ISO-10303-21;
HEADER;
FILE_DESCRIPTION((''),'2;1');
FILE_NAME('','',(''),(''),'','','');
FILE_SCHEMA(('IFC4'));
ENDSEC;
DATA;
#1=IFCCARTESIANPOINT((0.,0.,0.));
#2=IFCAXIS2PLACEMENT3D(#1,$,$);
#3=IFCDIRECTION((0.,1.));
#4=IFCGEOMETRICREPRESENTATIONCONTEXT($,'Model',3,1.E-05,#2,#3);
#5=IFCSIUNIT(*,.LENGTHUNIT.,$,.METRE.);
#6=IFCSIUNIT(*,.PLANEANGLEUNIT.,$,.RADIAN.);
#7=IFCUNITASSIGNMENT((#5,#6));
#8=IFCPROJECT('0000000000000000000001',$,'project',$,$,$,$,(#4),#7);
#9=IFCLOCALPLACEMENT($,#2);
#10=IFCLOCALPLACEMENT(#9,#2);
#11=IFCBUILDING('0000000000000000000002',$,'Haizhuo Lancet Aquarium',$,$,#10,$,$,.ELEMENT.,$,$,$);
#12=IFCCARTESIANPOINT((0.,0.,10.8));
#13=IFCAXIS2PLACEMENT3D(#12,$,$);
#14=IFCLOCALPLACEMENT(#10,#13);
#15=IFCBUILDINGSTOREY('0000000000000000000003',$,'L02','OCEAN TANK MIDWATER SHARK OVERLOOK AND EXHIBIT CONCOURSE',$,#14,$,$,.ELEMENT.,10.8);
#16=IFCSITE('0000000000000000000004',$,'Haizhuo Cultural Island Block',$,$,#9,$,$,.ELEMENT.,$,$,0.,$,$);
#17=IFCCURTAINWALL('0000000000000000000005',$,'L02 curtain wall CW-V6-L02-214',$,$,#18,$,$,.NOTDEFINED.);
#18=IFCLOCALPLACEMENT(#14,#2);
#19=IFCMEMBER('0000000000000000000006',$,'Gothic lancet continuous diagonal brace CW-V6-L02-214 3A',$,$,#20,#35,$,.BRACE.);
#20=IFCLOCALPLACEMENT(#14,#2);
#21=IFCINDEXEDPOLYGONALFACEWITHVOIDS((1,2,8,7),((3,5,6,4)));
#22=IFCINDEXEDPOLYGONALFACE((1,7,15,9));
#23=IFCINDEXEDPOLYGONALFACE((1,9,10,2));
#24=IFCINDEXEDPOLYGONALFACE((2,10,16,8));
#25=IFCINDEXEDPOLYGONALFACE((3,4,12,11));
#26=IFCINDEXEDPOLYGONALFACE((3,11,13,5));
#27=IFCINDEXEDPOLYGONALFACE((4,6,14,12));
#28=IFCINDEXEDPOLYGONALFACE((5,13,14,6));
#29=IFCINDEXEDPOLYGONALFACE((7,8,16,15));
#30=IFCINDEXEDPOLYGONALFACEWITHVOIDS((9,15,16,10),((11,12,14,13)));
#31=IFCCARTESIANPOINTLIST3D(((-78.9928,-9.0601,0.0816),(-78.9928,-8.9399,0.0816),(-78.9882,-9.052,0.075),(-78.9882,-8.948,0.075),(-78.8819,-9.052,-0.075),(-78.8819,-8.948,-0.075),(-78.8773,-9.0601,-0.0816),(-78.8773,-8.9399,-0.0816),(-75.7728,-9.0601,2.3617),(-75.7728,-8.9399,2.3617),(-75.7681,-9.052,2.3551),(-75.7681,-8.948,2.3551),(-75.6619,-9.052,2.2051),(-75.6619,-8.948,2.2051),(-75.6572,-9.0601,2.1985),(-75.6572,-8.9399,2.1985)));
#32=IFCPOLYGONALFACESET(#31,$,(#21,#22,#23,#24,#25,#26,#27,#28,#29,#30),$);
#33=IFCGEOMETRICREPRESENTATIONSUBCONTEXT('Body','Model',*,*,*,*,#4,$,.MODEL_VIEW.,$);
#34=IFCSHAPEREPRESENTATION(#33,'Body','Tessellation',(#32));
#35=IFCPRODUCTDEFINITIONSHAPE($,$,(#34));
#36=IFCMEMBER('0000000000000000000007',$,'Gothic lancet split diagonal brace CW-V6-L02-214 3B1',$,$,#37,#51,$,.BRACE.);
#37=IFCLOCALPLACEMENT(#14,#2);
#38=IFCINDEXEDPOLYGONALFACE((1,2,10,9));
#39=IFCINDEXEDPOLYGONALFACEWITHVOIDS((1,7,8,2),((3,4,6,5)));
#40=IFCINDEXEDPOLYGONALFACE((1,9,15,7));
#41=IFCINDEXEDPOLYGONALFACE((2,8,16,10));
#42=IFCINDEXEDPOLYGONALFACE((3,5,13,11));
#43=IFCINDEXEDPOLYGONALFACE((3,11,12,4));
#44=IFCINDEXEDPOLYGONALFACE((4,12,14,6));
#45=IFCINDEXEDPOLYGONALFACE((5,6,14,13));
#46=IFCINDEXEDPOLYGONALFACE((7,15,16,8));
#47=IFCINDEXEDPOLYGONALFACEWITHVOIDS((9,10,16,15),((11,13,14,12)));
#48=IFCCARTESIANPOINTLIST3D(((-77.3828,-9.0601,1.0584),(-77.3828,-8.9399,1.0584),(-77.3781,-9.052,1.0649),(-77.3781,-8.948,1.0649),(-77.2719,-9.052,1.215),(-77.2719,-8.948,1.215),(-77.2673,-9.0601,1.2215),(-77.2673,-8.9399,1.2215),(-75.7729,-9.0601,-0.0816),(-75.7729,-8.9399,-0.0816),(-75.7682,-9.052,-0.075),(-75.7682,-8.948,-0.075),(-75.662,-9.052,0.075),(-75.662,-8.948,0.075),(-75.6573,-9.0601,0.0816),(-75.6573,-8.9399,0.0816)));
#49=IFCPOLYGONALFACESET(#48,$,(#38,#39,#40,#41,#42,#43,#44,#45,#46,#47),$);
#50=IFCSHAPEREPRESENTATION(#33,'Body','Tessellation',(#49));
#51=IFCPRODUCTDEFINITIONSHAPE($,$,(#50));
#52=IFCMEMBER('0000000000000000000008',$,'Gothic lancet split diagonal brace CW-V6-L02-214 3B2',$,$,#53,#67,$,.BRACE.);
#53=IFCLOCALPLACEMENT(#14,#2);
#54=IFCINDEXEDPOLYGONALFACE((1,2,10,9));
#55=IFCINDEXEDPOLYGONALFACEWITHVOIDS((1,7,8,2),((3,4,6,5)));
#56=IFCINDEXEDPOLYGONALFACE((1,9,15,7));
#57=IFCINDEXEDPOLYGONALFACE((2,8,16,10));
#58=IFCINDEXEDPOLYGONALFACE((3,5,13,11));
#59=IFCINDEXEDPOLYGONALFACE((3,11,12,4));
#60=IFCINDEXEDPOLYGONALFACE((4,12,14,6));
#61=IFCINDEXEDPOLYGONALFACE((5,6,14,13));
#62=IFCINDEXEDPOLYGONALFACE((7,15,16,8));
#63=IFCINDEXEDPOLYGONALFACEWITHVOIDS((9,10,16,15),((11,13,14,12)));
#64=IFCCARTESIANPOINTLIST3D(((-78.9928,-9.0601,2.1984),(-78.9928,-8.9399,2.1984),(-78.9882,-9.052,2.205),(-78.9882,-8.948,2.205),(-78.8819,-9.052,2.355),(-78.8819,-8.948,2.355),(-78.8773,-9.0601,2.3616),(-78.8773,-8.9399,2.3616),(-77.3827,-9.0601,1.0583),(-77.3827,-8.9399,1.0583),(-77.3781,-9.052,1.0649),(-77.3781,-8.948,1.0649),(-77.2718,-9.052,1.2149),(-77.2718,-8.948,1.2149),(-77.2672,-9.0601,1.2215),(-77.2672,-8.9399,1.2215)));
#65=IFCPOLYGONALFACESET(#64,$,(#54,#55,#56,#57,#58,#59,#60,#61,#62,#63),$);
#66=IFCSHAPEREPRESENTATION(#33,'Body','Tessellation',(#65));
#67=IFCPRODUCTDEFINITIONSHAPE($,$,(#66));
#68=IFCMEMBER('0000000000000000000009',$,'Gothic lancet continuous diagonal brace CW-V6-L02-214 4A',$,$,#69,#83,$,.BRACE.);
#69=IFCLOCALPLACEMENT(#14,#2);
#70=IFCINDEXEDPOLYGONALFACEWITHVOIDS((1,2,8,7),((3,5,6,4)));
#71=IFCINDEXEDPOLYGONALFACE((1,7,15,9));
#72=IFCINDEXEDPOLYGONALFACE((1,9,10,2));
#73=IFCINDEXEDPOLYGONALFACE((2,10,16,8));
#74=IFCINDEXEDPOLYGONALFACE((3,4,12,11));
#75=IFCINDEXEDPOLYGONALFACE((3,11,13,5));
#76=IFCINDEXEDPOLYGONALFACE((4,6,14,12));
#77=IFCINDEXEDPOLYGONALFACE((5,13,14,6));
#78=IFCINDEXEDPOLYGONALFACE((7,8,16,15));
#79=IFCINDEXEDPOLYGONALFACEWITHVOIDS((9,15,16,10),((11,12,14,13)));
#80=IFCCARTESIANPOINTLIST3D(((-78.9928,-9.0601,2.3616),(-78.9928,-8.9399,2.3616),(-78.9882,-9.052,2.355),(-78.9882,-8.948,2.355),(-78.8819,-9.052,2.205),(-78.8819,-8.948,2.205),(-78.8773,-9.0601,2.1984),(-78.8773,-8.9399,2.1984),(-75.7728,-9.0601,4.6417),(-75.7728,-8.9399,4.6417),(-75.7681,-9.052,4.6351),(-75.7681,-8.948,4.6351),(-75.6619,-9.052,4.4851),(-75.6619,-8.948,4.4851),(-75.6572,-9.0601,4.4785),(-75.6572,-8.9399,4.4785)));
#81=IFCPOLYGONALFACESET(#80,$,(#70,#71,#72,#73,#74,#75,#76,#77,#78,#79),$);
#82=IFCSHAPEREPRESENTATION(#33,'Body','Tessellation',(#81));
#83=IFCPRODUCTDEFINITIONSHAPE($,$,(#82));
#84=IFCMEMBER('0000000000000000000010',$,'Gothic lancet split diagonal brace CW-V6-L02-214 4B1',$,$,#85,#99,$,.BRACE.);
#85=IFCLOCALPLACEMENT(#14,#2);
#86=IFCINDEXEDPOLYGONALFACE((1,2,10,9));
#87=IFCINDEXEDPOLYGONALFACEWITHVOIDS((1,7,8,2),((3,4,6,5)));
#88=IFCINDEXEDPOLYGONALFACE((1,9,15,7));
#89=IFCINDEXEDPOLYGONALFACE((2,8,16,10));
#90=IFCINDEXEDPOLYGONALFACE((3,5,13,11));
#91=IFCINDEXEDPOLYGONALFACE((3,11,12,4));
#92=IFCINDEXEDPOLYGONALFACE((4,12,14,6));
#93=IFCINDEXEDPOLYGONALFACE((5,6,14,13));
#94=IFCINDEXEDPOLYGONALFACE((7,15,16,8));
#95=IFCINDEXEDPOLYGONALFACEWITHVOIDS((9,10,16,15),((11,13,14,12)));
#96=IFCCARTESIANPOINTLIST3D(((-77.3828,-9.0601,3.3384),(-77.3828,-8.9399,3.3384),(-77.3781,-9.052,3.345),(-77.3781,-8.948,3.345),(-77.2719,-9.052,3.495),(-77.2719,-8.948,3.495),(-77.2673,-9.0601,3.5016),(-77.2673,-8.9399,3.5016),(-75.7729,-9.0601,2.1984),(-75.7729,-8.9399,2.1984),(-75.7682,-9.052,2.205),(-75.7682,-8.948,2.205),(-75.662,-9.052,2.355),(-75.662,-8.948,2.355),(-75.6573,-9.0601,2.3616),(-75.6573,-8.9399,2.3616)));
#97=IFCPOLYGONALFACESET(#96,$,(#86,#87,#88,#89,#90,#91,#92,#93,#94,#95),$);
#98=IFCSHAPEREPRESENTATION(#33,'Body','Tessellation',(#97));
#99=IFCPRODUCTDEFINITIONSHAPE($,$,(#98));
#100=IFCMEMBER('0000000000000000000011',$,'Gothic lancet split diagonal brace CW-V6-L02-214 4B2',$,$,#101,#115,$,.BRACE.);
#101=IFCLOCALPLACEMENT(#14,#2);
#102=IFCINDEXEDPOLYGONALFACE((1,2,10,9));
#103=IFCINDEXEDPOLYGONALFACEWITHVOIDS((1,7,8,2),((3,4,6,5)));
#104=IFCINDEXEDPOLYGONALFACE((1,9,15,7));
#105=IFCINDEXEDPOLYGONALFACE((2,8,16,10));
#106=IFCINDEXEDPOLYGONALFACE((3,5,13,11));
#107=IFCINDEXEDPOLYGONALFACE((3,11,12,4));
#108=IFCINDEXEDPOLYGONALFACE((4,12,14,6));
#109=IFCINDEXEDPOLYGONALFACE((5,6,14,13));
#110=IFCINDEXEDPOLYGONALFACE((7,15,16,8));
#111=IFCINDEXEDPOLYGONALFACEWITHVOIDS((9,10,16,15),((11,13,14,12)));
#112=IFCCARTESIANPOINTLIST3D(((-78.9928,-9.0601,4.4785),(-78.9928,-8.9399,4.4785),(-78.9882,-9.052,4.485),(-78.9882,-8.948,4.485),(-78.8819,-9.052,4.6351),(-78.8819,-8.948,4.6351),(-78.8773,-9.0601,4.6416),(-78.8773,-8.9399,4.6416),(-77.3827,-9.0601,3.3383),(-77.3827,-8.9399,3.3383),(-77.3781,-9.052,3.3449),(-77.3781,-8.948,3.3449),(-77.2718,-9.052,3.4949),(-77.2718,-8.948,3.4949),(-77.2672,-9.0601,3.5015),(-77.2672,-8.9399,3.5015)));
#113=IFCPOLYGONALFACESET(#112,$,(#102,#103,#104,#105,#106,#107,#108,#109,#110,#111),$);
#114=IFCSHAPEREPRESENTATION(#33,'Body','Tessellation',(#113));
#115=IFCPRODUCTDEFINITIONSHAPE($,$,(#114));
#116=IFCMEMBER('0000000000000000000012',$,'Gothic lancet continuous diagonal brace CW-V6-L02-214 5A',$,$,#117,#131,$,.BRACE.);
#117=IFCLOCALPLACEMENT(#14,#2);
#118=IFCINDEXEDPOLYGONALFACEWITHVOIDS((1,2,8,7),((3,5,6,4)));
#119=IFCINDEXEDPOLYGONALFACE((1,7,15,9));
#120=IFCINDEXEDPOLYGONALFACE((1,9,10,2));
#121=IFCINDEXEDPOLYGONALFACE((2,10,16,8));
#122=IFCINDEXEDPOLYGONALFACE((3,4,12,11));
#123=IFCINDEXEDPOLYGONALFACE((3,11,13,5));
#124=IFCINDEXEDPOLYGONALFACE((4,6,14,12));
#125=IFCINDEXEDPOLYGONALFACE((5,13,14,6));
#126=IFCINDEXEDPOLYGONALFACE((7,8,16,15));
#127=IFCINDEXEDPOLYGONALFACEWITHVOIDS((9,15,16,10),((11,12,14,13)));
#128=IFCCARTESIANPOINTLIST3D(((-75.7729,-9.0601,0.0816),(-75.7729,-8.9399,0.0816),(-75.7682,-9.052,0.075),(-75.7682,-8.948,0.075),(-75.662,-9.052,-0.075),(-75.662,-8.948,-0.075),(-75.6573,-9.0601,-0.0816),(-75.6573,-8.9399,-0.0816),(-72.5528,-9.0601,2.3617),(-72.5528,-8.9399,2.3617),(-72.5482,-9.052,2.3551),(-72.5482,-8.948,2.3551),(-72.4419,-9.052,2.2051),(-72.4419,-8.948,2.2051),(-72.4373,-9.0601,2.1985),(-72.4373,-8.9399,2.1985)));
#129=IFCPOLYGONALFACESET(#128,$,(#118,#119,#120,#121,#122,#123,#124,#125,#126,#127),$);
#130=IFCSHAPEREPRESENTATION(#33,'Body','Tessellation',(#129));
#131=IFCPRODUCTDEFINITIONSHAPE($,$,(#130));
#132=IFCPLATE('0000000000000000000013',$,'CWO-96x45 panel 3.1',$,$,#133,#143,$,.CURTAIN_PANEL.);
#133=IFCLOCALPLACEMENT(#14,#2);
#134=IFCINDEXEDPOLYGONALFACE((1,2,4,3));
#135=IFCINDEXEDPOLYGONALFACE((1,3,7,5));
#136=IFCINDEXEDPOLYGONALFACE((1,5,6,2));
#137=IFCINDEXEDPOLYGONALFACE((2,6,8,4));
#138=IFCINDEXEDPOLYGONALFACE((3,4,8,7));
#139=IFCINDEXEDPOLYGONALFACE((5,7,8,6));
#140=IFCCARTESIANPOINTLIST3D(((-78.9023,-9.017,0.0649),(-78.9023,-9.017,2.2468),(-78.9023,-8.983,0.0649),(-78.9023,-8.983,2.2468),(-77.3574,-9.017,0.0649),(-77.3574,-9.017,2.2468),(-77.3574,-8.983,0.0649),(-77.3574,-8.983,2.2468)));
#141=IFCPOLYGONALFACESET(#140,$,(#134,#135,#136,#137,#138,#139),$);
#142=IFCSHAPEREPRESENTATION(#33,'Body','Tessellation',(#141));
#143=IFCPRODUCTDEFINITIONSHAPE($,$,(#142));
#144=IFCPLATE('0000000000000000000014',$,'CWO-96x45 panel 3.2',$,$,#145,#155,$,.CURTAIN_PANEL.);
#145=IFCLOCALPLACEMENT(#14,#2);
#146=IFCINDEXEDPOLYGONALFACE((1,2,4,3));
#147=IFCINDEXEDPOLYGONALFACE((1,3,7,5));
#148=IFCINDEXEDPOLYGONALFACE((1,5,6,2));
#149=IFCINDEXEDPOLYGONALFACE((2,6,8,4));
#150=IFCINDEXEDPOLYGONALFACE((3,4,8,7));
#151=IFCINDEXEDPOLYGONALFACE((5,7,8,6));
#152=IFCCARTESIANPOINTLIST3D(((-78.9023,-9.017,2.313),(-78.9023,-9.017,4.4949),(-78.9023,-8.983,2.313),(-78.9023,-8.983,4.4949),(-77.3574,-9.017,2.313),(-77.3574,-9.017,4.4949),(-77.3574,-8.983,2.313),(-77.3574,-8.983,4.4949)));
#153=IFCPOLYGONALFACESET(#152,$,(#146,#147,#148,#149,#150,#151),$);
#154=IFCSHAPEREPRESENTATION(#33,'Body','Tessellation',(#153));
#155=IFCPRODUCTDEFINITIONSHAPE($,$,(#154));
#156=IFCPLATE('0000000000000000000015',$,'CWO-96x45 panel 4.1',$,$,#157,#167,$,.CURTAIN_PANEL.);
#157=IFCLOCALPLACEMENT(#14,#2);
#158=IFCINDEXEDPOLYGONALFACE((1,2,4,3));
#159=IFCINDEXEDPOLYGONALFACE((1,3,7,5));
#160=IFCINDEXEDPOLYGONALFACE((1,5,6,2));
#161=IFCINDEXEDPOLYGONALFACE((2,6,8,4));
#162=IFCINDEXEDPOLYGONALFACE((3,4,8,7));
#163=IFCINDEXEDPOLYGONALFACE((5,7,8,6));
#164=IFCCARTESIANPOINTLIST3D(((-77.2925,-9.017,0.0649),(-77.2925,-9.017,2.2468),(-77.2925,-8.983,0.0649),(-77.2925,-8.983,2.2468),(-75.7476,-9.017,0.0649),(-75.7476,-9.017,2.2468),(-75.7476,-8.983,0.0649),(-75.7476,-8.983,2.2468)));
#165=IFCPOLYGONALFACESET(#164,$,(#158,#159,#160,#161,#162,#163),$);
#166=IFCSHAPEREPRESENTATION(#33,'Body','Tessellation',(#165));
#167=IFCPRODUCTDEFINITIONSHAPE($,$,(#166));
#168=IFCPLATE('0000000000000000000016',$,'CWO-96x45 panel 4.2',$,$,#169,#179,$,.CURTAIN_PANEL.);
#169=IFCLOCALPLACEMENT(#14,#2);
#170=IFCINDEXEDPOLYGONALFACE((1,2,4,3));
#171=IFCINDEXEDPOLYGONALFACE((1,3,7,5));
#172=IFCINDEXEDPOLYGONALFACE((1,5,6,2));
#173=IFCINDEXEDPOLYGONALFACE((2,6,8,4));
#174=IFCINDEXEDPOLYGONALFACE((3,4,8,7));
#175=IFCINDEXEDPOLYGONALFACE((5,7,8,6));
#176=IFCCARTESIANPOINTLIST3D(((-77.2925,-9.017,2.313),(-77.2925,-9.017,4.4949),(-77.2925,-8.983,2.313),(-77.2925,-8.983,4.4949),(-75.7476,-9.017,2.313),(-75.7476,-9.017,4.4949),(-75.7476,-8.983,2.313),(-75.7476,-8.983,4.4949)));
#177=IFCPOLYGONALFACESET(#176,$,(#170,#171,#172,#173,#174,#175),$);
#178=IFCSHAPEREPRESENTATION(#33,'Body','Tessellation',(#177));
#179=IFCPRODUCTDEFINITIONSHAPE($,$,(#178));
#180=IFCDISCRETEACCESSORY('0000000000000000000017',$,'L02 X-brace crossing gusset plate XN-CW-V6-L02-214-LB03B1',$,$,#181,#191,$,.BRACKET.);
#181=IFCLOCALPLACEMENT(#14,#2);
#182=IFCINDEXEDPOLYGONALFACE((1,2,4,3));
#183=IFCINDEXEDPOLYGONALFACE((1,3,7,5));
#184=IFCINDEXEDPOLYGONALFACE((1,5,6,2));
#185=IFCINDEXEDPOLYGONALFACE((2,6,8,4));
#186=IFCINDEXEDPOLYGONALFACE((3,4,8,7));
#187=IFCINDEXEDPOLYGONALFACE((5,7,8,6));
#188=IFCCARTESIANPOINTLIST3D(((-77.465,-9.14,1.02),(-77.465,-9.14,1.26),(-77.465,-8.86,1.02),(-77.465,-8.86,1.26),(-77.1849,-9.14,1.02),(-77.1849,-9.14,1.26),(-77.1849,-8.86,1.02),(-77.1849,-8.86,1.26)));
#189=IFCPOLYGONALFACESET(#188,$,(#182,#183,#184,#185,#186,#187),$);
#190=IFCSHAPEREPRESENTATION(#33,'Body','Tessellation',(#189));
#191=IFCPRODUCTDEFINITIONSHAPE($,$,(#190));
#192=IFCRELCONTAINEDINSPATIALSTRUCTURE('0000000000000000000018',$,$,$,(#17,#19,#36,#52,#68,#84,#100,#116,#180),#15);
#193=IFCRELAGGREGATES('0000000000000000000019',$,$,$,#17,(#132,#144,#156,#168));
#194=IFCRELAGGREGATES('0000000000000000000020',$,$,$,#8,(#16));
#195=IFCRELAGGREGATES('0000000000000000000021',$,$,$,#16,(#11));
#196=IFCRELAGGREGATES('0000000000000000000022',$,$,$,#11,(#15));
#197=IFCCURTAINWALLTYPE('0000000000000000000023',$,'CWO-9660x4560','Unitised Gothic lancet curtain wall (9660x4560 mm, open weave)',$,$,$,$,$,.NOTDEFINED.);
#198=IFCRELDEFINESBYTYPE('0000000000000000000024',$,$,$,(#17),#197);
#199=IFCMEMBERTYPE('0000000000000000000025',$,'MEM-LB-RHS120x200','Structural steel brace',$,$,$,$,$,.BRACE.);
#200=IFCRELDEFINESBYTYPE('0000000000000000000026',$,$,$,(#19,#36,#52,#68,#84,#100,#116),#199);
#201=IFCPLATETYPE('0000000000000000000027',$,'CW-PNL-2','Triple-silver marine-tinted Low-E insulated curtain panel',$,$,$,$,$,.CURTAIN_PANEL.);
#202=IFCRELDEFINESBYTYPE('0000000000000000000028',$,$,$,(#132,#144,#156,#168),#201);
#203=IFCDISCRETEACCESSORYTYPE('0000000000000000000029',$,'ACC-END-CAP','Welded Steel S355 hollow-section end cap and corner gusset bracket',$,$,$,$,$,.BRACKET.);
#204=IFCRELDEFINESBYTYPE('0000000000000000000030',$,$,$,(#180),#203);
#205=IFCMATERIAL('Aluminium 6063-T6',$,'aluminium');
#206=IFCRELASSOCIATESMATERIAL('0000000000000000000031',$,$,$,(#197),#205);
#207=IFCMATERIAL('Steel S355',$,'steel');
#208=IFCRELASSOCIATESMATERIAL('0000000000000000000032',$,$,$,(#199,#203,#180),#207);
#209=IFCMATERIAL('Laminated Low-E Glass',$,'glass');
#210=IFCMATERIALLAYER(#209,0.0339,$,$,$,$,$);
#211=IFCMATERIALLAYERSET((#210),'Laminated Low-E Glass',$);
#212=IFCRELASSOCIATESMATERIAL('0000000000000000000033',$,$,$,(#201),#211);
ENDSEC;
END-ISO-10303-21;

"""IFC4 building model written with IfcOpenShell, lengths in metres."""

from ifc_helpers import new_model, si_unit, direction, frame, origin, origin_2d, place, context, subcontext, project, spatial, rectangle, hollow_rectangle, extrude, material, layer, layer_set, material_profile, profile_set, type_object, element, aggregate, save


model = new_model("IFC4")

# Units and contexts
model_context = context("Model", 3, precision=1e-05, world=origin(), true_north=direction((0.0, 1.0)))
body_context = subcontext(model_context, "Body", "Model", "MODEL_VIEW")
ifc_project = project(units=[si_unit("LENGTHUNIT", "METRE"), si_unit("PLANEANGLEUNIT", "RADIAN")], contexts=[model_context])

# Site, building, storey
site_placement = place(None, origin())
site = spatial("IfcSite", under=ifc_project, at=site_placement, Name="Haizhuo Cultural Island Block", CompositionType="ELEMENT", RefElevation=0.0)
building_placement = place(site_placement, origin())
building = spatial("IfcBuilding", under=site, at=building_placement, Name="Haizhuo Lancet Aquarium", CompositionType="ELEMENT")
storey_placement = place(building_placement, frame((0.0, 0.0, 10.8)))
storey = spatial("IfcBuildingStorey", under=building, at=storey_placement, Name="L02", Description="OCEAN TANK MIDWATER SHARK OVERLOOK AND EXHIBIT CONCOURSE", CompositionType="ELEMENT", Elevation=10.8)

# Curtain wall
ifc_material_1 = material(Name="Aluminium 6063-T6", Category="aluminium")
curtain_wall_type = type_object("IfcCurtainWallType", Name="CWO-9660x4560", Description="Unitised Gothic lancet curtain wall (9660x4560 mm, open weave)", PredefinedType="NOTDEFINED", material=ifc_material_1)
curtain_wall_placement = place(storey_placement, origin())
curtain_wall = element("IfcCurtainWall", 1, at=curtain_wall_placement, inside=storey, type_object=curtain_wall_type, Name="L02 curtain wall CW-V6-L02-214", PredefinedType="NOTDEFINED")

# Members
ifc_material_2 = material(Name="Steel S355", Category="steel")
ifc_material_profile_1 = material_profile(ifc_material_2, hollow_rectangle(XDim=0.1201, YDim=0.2, WallThickness=0.0081, at=origin_2d()), Name="RHS 120x200x8")
ifc_profile_set_1 = profile_set([ifc_material_profile_1], Name="Steel S355")
member_type_1 = type_object("IfcMemberType", Name="MEM-LB-RHS120x200", Description="Structural steel brace", PredefinedType="BRACE", material=ifc_profile_set_1)
member_1_placement = place(storey_placement, frame((-78.9351, -9.0, 0.0), z_axis=(0.816118, 0.0, 0.577885), x_axis=(0.0, 1.0, 0.0)))
element("IfcMember", 2, at=member_1_placement, inside=storey, type_object=member_type_1, Name="Gothic lancet continuous diagonal brace CW-V6-L02-214 3A", PredefinedType="BRACE", context=body_context, shape_type="SweptSolid", body=[
    extrude(hollow_rectangle(XDim=0.1201, YDim=0.2, WallThickness=0.0081, at=origin_2d()), origin(), (0.0, 0.0, 1.0), 3.9456),
])
member_2_placement = place(storey_placement, frame((-75.7151, -9.0, 0.0), z_axis=(-0.816127, 0.0, 0.577873), x_axis=(0.0, -1.0, 0.0)))
element("IfcMember", 3, at=member_2_placement, inside=storey, type_object=member_type_1, Name="Gothic lancet split diagonal brace CW-V6-L02-214 3B1", PredefinedType="BRACE", context=body_context, shape_type="SweptSolid", body=[
    extrude(hollow_rectangle(XDim=0.1201, YDim=0.2, WallThickness=0.0081, at=origin_2d()), origin(), (0.0, 0.0, 1.0), 1.9727),
])
member_3_placement = place(storey_placement, frame((-77.325, -9.0, 1.1399), z_axis=(-0.81611, 0.0, 0.577897), x_axis=(0.0, -1.0, 0.0)))
element("IfcMember", 4, at=member_3_placement, inside=storey, type_object=member_type_1, Name="Gothic lancet split diagonal brace CW-V6-L02-214 3B2", PredefinedType="BRACE", context=body_context, shape_type="SweptSolid", body=[
    extrude(hollow_rectangle(XDim=0.1201, YDim=0.2, WallThickness=0.0081, at=origin_2d()), origin(), (0.0, 0.0, 1.0), 1.9729),
])
member_4_placement = place(storey_placement, frame((-78.9351, -9.0, 2.28), z_axis=(0.816118, 0.0, 0.577885), x_axis=(0.0, 1.0, 0.0)))
element("IfcMember", 5, at=member_4_placement, inside=storey, type_object=member_type_1, Name="Gothic lancet continuous diagonal brace CW-V6-L02-214 4A", PredefinedType="BRACE", context=body_context, shape_type="SweptSolid", body=[
    extrude(hollow_rectangle(XDim=0.1201, YDim=0.2, WallThickness=0.0081, at=origin_2d()), origin(), (0.0, 0.0, 1.0), 3.9456),
])
member_5_placement = place(storey_placement, frame((-75.7151, -9.0, 2.28), z_axis=(-0.816127, 0.0, 0.577873), x_axis=(0.0, -1.0, 0.0)))
element("IfcMember", 6, at=member_5_placement, inside=storey, type_object=member_type_1, Name="Gothic lancet split diagonal brace CW-V6-L02-214 4B1", PredefinedType="BRACE", context=body_context, shape_type="SweptSolid", body=[
    extrude(hollow_rectangle(XDim=0.1201, YDim=0.2, WallThickness=0.0081, at=origin_2d()), origin(), (0.0, 0.0, 1.0), 1.9727),
])
member_6_placement = place(storey_placement, frame((-77.325, -9.0, 3.4199), z_axis=(-0.81611, 0.0, 0.577897), x_axis=(0.0, -1.0, 0.0)))
element("IfcMember", 7, at=member_6_placement, inside=storey, type_object=member_type_1, Name="Gothic lancet split diagonal brace CW-V6-L02-214 4B2", PredefinedType="BRACE", context=body_context, shape_type="SweptSolid", body=[
    extrude(hollow_rectangle(XDim=0.1201, YDim=0.2, WallThickness=0.0081, at=origin_2d()), origin(), (0.0, 0.0, 1.0), 1.9729),
])
member_7_placement = place(storey_placement, frame((-75.7151, -9.0, 0.0), z_axis=(0.816118, 0.0, 0.577885), x_axis=(0.0, 1.0, 0.0)))
element("IfcMember", 8, at=member_7_placement, inside=storey, type_object=member_type_1, Name="Gothic lancet continuous diagonal brace CW-V6-L02-214 5A", PredefinedType="BRACE", context=body_context, shape_type="SweptSolid", body=[
    extrude(hollow_rectangle(XDim=0.1201, YDim=0.2, WallThickness=0.0081, at=origin_2d()), origin(), (0.0, 0.0, 1.0), 3.9456),
])

# Plates
ifc_material_3 = material(Name="Laminated Low-E Glass", Category="glass")
ifc_layer = layer(ifc_material_3, 0.0339)
ifc_layer_set = layer_set([ifc_layer], Name="Laminated Low-E Glass")
plate_type = type_object("IfcPlateType", Name="CW-PNL-2", Description="Triple-silver marine-tinted Low-E insulated curtain panel", PredefinedType="CURTAIN_PANEL", material=ifc_layer_set)
plate_1_placement = place(storey_placement, frame((-78.1299, -9.0, 0.0649), z_axis=(0.0, 0.0, 1.0), x_axis=(1.0, 0.0, 0.0)))
plate_1 = element("IfcPlate", 9, at=plate_1_placement, type_object=plate_type, Name="CWO-96x45 panel 3.1", PredefinedType="CURTAIN_PANEL", context=body_context, shape_type="SweptSolid", body=[
    extrude(rectangle(XDim=1.5449, YDim=0.0339, at=origin_2d()), origin(), (0.0, 0.0, 1.0), 2.1819),
])
plate_2_placement = place(storey_placement, frame((-78.1299, -9.0, 2.313), z_axis=(0.0, 0.0, 1.0), x_axis=(1.0, 0.0, 0.0)))
plate_2 = element("IfcPlate", 10, at=plate_2_placement, type_object=plate_type, Name="CWO-96x45 panel 3.2", PredefinedType="CURTAIN_PANEL", context=body_context, shape_type="SweptSolid", body=[
    extrude(rectangle(XDim=1.5449, YDim=0.0339, at=origin_2d()), origin(), (0.0, 0.0, 1.0), 2.1819),
])
plate_3_placement = place(storey_placement, frame((-76.52, -9.0, 0.0649), z_axis=(0.0, 0.0, 1.0), x_axis=(1.0, 0.0, 0.0)))
plate_3 = element("IfcPlate", 11, at=plate_3_placement, type_object=plate_type, Name="CWO-96x45 panel 4.1", PredefinedType="CURTAIN_PANEL", context=body_context, shape_type="SweptSolid", body=[
    extrude(rectangle(XDim=1.5449, YDim=0.0339, at=origin_2d()), origin(), (0.0, 0.0, 1.0), 2.1819),
])
plate_4_placement = place(storey_placement, frame((-76.52, -9.0, 2.313), z_axis=(0.0, 0.0, 1.0), x_axis=(1.0, 0.0, 0.0)))
plate_4 = element("IfcPlate", 12, at=plate_4_placement, type_object=plate_type, Name="CWO-96x45 panel 4.2", PredefinedType="CURTAIN_PANEL", context=body_context, shape_type="SweptSolid", body=[
    extrude(rectangle(XDim=1.5449, YDim=0.0339, at=origin_2d()), origin(), (0.0, 0.0, 1.0), 2.1819),
])
aggregate(curtain_wall, [plate_1, plate_2, plate_3, plate_4])

# Discrete accessory
discrete_accessory_type = type_object("IfcDiscreteAccessoryType", Name="ACC-END-CAP", Description="Welded Steel S355 hollow-section end cap and corner gusset bracket", PredefinedType="BRACKET", material=ifc_material_2)
for number, where, z_axis, x_axis, name in (
    (13, (-77.325, -9.0, 1.02), (0.0, 0.0, 1.0), (1.0, 0.0, 0.0), "L02 X-brace crossing gusset plate XN-CW-V6-L02-214-LB03B1"),
):
    element("IfcDiscreteAccessory", number, at=place(storey_placement, frame(where, z_axis=z_axis, x_axis=x_axis)), inside=storey, type_object=discrete_accessory_type, material=ifc_material_2, Name=name, PredefinedType="BRACKET", context=body_context, shape_type="SweptSolid", body=[
        extrude(rectangle(XDim=0.28, YDim=0.28, at=origin_2d()), origin(), (0.0, 0.0, 1.0), 0.24),
    ])

save(model, "model.ifc")
